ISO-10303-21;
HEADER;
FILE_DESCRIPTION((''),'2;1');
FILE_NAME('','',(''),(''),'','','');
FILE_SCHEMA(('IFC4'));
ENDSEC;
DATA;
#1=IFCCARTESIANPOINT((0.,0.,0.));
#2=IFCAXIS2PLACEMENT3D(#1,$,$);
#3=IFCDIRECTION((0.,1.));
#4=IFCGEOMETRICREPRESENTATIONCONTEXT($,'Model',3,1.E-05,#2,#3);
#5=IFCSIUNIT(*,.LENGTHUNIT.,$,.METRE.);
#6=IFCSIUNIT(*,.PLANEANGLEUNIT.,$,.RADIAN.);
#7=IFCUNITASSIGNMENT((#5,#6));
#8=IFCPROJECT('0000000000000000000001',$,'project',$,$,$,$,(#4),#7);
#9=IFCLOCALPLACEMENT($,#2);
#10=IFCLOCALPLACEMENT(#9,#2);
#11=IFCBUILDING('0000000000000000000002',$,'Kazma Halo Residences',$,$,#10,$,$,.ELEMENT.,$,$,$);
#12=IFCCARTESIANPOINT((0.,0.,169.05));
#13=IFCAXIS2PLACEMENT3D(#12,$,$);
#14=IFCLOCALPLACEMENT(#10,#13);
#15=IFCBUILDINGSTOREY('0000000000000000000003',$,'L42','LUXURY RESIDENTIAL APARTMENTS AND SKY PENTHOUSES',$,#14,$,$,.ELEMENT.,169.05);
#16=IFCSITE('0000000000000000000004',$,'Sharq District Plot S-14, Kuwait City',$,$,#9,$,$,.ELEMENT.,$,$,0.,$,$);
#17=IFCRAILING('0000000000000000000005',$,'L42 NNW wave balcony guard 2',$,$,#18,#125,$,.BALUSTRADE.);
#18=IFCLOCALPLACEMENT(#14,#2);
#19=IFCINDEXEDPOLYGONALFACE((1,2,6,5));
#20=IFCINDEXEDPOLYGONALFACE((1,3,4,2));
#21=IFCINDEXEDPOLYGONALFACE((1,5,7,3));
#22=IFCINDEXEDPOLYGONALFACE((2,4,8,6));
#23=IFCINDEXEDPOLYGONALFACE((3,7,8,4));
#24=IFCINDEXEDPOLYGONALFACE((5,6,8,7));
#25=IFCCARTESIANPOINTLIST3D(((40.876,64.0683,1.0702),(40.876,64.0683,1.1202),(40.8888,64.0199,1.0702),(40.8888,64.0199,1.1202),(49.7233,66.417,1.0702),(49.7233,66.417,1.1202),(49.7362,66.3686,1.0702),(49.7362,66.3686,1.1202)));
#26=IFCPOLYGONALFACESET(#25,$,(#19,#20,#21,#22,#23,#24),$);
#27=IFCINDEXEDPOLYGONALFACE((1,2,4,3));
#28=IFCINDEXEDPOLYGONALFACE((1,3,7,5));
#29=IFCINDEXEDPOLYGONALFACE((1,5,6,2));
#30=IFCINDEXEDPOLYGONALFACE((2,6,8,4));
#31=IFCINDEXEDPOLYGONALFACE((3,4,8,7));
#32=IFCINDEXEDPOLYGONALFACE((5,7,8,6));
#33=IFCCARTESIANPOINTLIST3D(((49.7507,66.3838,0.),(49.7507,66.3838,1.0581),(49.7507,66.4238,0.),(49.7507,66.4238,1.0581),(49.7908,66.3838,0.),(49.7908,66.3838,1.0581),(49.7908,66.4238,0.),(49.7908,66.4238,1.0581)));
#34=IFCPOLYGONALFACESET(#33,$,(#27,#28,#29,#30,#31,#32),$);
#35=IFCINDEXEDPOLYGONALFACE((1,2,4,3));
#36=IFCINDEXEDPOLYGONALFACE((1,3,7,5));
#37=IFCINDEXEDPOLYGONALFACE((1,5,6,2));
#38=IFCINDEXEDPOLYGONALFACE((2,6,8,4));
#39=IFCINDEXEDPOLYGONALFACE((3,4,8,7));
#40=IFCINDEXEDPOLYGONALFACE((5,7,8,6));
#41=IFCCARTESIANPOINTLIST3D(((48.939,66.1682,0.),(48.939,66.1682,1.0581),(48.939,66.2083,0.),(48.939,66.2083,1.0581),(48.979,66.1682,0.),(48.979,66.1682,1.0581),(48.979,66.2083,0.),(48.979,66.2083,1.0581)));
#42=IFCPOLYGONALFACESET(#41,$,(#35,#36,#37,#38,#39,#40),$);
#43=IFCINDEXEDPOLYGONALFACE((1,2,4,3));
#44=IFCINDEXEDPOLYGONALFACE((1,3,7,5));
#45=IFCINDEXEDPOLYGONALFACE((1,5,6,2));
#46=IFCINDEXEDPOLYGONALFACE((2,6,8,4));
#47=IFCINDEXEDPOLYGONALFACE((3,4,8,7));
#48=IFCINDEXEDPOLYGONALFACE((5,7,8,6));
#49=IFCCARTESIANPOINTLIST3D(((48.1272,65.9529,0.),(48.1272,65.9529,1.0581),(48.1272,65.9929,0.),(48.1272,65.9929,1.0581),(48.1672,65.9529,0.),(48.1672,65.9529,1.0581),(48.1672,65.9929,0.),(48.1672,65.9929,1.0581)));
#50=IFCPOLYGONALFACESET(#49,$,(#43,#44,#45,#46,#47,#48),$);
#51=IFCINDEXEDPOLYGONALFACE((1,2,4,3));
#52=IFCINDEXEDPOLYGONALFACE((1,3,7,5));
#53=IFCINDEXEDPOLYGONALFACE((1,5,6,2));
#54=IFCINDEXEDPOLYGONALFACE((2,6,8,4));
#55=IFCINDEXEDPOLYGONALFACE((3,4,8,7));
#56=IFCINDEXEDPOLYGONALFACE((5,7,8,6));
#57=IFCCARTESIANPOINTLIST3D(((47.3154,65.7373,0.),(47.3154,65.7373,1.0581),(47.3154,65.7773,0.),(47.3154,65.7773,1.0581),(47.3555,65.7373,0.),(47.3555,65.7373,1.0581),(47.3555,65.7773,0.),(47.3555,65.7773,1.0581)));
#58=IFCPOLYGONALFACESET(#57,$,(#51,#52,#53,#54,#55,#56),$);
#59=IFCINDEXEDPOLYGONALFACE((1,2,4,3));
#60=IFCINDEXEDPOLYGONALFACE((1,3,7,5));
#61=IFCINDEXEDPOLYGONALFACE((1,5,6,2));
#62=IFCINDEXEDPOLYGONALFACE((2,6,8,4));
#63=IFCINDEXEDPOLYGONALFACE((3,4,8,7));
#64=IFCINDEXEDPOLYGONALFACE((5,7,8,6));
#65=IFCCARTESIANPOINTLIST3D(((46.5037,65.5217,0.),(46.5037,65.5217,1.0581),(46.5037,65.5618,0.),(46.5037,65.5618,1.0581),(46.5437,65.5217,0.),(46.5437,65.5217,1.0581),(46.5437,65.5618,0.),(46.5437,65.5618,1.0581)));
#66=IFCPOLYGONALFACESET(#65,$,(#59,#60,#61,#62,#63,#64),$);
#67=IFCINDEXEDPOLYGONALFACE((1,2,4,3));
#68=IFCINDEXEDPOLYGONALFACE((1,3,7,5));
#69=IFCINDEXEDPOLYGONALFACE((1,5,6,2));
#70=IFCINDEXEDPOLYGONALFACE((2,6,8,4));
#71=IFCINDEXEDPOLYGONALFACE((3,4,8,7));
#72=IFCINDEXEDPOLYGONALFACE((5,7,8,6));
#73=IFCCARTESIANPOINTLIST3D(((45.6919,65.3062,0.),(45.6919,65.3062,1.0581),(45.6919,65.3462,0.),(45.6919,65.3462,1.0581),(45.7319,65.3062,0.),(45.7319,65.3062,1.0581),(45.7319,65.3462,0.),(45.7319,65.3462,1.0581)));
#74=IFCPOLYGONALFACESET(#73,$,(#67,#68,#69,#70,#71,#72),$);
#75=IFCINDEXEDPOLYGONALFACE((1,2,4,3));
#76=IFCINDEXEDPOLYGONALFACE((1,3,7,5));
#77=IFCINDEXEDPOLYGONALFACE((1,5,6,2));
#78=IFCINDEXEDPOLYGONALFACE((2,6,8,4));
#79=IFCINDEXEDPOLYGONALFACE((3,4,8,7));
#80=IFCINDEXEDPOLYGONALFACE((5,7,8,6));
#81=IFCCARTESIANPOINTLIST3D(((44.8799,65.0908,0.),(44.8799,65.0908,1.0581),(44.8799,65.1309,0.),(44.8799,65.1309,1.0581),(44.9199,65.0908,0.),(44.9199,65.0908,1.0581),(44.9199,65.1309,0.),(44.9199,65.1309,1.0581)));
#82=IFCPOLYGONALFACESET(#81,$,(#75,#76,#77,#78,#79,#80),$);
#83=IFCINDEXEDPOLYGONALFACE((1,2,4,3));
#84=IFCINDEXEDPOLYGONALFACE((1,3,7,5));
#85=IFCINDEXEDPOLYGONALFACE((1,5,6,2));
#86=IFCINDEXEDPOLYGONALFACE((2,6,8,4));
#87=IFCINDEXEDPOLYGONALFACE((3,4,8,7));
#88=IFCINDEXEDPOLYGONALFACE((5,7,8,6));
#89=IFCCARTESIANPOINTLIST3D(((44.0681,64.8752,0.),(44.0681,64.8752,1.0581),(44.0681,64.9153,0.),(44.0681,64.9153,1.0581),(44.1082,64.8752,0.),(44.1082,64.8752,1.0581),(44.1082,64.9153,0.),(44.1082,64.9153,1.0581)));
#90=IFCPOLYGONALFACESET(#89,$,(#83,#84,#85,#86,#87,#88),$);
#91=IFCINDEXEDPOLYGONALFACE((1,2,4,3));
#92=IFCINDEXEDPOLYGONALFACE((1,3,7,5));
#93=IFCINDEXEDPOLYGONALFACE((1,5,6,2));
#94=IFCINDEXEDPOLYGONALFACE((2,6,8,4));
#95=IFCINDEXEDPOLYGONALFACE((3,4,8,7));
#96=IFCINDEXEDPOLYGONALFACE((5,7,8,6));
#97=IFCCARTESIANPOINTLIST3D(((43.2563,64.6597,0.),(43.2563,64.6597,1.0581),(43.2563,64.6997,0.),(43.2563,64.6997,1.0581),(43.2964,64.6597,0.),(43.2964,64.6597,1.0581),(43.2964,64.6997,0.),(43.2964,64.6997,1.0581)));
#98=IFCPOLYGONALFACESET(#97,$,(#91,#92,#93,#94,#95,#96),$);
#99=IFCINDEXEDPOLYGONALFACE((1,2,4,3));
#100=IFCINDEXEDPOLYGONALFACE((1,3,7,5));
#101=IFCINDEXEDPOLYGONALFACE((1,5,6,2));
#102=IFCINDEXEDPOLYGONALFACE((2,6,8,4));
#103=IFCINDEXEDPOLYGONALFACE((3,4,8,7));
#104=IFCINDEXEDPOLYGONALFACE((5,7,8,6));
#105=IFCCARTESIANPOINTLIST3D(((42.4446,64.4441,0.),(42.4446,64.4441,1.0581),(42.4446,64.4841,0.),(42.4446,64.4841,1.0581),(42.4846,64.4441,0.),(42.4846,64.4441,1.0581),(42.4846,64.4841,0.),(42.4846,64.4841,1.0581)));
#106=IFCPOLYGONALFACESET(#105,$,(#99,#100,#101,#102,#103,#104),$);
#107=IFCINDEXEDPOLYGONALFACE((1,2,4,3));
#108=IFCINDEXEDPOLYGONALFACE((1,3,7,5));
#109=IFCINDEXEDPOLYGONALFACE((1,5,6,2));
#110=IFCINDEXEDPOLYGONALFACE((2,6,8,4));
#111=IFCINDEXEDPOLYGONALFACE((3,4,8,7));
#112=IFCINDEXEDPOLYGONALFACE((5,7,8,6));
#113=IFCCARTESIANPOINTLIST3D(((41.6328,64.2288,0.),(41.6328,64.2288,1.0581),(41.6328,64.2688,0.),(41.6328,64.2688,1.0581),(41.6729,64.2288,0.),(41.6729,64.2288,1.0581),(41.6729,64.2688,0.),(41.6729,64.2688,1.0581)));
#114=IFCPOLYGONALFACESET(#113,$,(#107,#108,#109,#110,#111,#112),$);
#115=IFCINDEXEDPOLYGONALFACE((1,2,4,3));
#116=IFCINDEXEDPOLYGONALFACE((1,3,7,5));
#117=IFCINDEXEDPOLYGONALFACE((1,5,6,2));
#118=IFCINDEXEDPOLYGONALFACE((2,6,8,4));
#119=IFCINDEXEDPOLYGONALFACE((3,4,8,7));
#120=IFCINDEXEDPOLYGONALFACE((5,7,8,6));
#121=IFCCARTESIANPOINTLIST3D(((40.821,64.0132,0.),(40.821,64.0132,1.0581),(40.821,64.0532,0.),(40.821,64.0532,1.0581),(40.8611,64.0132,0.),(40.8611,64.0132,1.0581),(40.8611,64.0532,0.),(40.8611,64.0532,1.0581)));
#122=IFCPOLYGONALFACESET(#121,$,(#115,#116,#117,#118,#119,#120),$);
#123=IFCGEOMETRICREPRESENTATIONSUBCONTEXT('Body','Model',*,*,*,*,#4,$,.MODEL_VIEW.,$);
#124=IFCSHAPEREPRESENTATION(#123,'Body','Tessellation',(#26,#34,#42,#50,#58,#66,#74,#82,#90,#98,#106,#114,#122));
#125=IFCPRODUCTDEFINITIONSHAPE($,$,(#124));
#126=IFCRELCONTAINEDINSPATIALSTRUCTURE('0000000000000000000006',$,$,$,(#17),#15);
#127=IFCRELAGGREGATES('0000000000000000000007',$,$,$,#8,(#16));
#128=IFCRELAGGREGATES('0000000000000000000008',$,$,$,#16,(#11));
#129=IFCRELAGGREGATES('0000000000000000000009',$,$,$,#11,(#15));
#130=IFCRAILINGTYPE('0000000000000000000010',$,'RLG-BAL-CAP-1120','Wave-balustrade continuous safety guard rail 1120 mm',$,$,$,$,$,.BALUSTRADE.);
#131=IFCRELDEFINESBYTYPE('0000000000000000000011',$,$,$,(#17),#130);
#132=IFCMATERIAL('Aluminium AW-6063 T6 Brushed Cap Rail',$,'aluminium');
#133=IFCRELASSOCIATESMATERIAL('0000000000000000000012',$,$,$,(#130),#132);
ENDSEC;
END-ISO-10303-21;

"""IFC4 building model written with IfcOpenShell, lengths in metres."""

from ifc_helpers import new_model, si_unit, direction, frame, origin, origin_2d, place, context, subcontext, project, spatial, rectangle, extrude, material, type_object, element, save


model = new_model("IFC4")

# Units and contexts
model_context = context("Model", 3, precision=1e-05, world=origin(), true_north=direction((0.0, 1.0)))
body_context = subcontext(model_context, "Body", "Model", "MODEL_VIEW")
ifc_project = project(units=[si_unit("LENGTHUNIT", "METRE"), si_unit("PLANEANGLEUNIT", "RADIAN")], contexts=[model_context])

# Site, building, storey
site_placement = place(None, origin())
site = spatial("IfcSite", under=ifc_project, at=site_placement, Name="Sharq District Plot S-14, Kuwait City", CompositionType="ELEMENT", RefElevation=0.0)
building_placement = place(site_placement, origin())
building = spatial("IfcBuilding", under=site, at=building_placement, Name="Kazma Halo Residences", CompositionType="ELEMENT")
storey_placement = place(building_placement, frame((0.0, 0.0, 169.05)))
storey = spatial("IfcBuildingStorey", under=building, at=storey_placement, Name="L42", Description="LUXURY RESIDENTIAL APARTMENTS AND SKY PENTHOUSES", CompositionType="ELEMENT", Elevation=169.05)

# Railing
ifc_material_1 = material(Name="Aluminium AW-6063 T6 Brushed Cap Rail", Category="aluminium")
railing_type = type_object("IfcRailingType", Name="RLG-BAL-CAP-1120", Description="Wave-balustrade continuous safety guard rail 1120 mm", PredefinedType="BALUSTRADE", material=ifc_material_1)
railing_1_placement = place(storey_placement, frame((49.7708, 66.4038, 0.0)))
element("IfcRailing", 1, at=railing_1_placement, inside=storey, type_object=railing_type, Name="L42 NNW wave balcony guard 2", PredefinedType="BALUSTRADE", context=body_context, shape_type="SweptSolid", body=[
    extrude(rectangle(XDim=0.05, YDim=0.05, at=origin_2d()), frame((-0.041, -0.011, 1.0952), z_axis=(-0.966521, -0.256587, 0.0), x_axis=(0.256587, -0.966521, 0.0)), (0.0, 0.0, 1.0), 9.1538),
    extrude(rectangle(XDim=0.04, YDim=0.04, at=origin_2d()), origin(), (0.0, 0.0, 1.0), 1.0581),
    extrude(rectangle(XDim=0.04, YDim=0.04, at=origin_2d()), frame((-0.8118, -0.2156, 0.0)), (0.0, 0.0, 1.0), 1.0581),
    extrude(rectangle(XDim=0.04, YDim=0.04, at=origin_2d()), frame((-1.6235, -0.4309, 0.0)), (0.0, 0.0, 1.0), 1.0581),
    extrude(rectangle(XDim=0.04, YDim=0.04, at=origin_2d()), frame((-2.4353, -0.6465, 0.0)), (0.0, 0.0, 1.0), 1.0581),
    extrude(rectangle(XDim=0.04, YDim=0.04, at=origin_2d()), frame((-3.2471, -0.8621, 0.0)), (0.0, 0.0, 1.0), 1.0581),
    extrude(rectangle(XDim=0.04, YDim=0.04, at=origin_2d()), frame((-4.0588, -1.0776, 0.0)), (0.0, 0.0, 1.0), 1.0581),
    extrude(rectangle(XDim=0.04, YDim=0.04, at=origin_2d()), frame((-4.8708, -1.293, 0.0)), (0.0, 0.0, 1.0), 1.0581),
    extrude(rectangle(XDim=0.04, YDim=0.04, at=origin_2d()), frame((-5.6826, -1.5085, 0.0)), (0.0, 0.0, 1.0), 1.0581),
    extrude(rectangle(XDim=0.04, YDim=0.04, at=origin_2d()), frame((-6.4944, -1.7241, 0.0)), (0.0, 0.0, 1.0), 1.0581),
    extrude(rectangle(XDim=0.04, YDim=0.04, at=origin_2d()), frame((-7.3062, -1.9397, 0.0)), (0.0, 0.0, 1.0), 1.0581),
    extrude(rectangle(XDim=0.04, YDim=0.04, at=origin_2d()), frame((-8.1179, -2.155, 0.0)), (0.0, 0.0, 1.0), 1.0581),
    extrude(rectangle(XDim=0.04, YDim=0.04, at=origin_2d()), frame((-8.9297, -2.3706, 0.0)), (0.0, 0.0, 1.0), 1.0581),
])

save(model, "model.ifc")
